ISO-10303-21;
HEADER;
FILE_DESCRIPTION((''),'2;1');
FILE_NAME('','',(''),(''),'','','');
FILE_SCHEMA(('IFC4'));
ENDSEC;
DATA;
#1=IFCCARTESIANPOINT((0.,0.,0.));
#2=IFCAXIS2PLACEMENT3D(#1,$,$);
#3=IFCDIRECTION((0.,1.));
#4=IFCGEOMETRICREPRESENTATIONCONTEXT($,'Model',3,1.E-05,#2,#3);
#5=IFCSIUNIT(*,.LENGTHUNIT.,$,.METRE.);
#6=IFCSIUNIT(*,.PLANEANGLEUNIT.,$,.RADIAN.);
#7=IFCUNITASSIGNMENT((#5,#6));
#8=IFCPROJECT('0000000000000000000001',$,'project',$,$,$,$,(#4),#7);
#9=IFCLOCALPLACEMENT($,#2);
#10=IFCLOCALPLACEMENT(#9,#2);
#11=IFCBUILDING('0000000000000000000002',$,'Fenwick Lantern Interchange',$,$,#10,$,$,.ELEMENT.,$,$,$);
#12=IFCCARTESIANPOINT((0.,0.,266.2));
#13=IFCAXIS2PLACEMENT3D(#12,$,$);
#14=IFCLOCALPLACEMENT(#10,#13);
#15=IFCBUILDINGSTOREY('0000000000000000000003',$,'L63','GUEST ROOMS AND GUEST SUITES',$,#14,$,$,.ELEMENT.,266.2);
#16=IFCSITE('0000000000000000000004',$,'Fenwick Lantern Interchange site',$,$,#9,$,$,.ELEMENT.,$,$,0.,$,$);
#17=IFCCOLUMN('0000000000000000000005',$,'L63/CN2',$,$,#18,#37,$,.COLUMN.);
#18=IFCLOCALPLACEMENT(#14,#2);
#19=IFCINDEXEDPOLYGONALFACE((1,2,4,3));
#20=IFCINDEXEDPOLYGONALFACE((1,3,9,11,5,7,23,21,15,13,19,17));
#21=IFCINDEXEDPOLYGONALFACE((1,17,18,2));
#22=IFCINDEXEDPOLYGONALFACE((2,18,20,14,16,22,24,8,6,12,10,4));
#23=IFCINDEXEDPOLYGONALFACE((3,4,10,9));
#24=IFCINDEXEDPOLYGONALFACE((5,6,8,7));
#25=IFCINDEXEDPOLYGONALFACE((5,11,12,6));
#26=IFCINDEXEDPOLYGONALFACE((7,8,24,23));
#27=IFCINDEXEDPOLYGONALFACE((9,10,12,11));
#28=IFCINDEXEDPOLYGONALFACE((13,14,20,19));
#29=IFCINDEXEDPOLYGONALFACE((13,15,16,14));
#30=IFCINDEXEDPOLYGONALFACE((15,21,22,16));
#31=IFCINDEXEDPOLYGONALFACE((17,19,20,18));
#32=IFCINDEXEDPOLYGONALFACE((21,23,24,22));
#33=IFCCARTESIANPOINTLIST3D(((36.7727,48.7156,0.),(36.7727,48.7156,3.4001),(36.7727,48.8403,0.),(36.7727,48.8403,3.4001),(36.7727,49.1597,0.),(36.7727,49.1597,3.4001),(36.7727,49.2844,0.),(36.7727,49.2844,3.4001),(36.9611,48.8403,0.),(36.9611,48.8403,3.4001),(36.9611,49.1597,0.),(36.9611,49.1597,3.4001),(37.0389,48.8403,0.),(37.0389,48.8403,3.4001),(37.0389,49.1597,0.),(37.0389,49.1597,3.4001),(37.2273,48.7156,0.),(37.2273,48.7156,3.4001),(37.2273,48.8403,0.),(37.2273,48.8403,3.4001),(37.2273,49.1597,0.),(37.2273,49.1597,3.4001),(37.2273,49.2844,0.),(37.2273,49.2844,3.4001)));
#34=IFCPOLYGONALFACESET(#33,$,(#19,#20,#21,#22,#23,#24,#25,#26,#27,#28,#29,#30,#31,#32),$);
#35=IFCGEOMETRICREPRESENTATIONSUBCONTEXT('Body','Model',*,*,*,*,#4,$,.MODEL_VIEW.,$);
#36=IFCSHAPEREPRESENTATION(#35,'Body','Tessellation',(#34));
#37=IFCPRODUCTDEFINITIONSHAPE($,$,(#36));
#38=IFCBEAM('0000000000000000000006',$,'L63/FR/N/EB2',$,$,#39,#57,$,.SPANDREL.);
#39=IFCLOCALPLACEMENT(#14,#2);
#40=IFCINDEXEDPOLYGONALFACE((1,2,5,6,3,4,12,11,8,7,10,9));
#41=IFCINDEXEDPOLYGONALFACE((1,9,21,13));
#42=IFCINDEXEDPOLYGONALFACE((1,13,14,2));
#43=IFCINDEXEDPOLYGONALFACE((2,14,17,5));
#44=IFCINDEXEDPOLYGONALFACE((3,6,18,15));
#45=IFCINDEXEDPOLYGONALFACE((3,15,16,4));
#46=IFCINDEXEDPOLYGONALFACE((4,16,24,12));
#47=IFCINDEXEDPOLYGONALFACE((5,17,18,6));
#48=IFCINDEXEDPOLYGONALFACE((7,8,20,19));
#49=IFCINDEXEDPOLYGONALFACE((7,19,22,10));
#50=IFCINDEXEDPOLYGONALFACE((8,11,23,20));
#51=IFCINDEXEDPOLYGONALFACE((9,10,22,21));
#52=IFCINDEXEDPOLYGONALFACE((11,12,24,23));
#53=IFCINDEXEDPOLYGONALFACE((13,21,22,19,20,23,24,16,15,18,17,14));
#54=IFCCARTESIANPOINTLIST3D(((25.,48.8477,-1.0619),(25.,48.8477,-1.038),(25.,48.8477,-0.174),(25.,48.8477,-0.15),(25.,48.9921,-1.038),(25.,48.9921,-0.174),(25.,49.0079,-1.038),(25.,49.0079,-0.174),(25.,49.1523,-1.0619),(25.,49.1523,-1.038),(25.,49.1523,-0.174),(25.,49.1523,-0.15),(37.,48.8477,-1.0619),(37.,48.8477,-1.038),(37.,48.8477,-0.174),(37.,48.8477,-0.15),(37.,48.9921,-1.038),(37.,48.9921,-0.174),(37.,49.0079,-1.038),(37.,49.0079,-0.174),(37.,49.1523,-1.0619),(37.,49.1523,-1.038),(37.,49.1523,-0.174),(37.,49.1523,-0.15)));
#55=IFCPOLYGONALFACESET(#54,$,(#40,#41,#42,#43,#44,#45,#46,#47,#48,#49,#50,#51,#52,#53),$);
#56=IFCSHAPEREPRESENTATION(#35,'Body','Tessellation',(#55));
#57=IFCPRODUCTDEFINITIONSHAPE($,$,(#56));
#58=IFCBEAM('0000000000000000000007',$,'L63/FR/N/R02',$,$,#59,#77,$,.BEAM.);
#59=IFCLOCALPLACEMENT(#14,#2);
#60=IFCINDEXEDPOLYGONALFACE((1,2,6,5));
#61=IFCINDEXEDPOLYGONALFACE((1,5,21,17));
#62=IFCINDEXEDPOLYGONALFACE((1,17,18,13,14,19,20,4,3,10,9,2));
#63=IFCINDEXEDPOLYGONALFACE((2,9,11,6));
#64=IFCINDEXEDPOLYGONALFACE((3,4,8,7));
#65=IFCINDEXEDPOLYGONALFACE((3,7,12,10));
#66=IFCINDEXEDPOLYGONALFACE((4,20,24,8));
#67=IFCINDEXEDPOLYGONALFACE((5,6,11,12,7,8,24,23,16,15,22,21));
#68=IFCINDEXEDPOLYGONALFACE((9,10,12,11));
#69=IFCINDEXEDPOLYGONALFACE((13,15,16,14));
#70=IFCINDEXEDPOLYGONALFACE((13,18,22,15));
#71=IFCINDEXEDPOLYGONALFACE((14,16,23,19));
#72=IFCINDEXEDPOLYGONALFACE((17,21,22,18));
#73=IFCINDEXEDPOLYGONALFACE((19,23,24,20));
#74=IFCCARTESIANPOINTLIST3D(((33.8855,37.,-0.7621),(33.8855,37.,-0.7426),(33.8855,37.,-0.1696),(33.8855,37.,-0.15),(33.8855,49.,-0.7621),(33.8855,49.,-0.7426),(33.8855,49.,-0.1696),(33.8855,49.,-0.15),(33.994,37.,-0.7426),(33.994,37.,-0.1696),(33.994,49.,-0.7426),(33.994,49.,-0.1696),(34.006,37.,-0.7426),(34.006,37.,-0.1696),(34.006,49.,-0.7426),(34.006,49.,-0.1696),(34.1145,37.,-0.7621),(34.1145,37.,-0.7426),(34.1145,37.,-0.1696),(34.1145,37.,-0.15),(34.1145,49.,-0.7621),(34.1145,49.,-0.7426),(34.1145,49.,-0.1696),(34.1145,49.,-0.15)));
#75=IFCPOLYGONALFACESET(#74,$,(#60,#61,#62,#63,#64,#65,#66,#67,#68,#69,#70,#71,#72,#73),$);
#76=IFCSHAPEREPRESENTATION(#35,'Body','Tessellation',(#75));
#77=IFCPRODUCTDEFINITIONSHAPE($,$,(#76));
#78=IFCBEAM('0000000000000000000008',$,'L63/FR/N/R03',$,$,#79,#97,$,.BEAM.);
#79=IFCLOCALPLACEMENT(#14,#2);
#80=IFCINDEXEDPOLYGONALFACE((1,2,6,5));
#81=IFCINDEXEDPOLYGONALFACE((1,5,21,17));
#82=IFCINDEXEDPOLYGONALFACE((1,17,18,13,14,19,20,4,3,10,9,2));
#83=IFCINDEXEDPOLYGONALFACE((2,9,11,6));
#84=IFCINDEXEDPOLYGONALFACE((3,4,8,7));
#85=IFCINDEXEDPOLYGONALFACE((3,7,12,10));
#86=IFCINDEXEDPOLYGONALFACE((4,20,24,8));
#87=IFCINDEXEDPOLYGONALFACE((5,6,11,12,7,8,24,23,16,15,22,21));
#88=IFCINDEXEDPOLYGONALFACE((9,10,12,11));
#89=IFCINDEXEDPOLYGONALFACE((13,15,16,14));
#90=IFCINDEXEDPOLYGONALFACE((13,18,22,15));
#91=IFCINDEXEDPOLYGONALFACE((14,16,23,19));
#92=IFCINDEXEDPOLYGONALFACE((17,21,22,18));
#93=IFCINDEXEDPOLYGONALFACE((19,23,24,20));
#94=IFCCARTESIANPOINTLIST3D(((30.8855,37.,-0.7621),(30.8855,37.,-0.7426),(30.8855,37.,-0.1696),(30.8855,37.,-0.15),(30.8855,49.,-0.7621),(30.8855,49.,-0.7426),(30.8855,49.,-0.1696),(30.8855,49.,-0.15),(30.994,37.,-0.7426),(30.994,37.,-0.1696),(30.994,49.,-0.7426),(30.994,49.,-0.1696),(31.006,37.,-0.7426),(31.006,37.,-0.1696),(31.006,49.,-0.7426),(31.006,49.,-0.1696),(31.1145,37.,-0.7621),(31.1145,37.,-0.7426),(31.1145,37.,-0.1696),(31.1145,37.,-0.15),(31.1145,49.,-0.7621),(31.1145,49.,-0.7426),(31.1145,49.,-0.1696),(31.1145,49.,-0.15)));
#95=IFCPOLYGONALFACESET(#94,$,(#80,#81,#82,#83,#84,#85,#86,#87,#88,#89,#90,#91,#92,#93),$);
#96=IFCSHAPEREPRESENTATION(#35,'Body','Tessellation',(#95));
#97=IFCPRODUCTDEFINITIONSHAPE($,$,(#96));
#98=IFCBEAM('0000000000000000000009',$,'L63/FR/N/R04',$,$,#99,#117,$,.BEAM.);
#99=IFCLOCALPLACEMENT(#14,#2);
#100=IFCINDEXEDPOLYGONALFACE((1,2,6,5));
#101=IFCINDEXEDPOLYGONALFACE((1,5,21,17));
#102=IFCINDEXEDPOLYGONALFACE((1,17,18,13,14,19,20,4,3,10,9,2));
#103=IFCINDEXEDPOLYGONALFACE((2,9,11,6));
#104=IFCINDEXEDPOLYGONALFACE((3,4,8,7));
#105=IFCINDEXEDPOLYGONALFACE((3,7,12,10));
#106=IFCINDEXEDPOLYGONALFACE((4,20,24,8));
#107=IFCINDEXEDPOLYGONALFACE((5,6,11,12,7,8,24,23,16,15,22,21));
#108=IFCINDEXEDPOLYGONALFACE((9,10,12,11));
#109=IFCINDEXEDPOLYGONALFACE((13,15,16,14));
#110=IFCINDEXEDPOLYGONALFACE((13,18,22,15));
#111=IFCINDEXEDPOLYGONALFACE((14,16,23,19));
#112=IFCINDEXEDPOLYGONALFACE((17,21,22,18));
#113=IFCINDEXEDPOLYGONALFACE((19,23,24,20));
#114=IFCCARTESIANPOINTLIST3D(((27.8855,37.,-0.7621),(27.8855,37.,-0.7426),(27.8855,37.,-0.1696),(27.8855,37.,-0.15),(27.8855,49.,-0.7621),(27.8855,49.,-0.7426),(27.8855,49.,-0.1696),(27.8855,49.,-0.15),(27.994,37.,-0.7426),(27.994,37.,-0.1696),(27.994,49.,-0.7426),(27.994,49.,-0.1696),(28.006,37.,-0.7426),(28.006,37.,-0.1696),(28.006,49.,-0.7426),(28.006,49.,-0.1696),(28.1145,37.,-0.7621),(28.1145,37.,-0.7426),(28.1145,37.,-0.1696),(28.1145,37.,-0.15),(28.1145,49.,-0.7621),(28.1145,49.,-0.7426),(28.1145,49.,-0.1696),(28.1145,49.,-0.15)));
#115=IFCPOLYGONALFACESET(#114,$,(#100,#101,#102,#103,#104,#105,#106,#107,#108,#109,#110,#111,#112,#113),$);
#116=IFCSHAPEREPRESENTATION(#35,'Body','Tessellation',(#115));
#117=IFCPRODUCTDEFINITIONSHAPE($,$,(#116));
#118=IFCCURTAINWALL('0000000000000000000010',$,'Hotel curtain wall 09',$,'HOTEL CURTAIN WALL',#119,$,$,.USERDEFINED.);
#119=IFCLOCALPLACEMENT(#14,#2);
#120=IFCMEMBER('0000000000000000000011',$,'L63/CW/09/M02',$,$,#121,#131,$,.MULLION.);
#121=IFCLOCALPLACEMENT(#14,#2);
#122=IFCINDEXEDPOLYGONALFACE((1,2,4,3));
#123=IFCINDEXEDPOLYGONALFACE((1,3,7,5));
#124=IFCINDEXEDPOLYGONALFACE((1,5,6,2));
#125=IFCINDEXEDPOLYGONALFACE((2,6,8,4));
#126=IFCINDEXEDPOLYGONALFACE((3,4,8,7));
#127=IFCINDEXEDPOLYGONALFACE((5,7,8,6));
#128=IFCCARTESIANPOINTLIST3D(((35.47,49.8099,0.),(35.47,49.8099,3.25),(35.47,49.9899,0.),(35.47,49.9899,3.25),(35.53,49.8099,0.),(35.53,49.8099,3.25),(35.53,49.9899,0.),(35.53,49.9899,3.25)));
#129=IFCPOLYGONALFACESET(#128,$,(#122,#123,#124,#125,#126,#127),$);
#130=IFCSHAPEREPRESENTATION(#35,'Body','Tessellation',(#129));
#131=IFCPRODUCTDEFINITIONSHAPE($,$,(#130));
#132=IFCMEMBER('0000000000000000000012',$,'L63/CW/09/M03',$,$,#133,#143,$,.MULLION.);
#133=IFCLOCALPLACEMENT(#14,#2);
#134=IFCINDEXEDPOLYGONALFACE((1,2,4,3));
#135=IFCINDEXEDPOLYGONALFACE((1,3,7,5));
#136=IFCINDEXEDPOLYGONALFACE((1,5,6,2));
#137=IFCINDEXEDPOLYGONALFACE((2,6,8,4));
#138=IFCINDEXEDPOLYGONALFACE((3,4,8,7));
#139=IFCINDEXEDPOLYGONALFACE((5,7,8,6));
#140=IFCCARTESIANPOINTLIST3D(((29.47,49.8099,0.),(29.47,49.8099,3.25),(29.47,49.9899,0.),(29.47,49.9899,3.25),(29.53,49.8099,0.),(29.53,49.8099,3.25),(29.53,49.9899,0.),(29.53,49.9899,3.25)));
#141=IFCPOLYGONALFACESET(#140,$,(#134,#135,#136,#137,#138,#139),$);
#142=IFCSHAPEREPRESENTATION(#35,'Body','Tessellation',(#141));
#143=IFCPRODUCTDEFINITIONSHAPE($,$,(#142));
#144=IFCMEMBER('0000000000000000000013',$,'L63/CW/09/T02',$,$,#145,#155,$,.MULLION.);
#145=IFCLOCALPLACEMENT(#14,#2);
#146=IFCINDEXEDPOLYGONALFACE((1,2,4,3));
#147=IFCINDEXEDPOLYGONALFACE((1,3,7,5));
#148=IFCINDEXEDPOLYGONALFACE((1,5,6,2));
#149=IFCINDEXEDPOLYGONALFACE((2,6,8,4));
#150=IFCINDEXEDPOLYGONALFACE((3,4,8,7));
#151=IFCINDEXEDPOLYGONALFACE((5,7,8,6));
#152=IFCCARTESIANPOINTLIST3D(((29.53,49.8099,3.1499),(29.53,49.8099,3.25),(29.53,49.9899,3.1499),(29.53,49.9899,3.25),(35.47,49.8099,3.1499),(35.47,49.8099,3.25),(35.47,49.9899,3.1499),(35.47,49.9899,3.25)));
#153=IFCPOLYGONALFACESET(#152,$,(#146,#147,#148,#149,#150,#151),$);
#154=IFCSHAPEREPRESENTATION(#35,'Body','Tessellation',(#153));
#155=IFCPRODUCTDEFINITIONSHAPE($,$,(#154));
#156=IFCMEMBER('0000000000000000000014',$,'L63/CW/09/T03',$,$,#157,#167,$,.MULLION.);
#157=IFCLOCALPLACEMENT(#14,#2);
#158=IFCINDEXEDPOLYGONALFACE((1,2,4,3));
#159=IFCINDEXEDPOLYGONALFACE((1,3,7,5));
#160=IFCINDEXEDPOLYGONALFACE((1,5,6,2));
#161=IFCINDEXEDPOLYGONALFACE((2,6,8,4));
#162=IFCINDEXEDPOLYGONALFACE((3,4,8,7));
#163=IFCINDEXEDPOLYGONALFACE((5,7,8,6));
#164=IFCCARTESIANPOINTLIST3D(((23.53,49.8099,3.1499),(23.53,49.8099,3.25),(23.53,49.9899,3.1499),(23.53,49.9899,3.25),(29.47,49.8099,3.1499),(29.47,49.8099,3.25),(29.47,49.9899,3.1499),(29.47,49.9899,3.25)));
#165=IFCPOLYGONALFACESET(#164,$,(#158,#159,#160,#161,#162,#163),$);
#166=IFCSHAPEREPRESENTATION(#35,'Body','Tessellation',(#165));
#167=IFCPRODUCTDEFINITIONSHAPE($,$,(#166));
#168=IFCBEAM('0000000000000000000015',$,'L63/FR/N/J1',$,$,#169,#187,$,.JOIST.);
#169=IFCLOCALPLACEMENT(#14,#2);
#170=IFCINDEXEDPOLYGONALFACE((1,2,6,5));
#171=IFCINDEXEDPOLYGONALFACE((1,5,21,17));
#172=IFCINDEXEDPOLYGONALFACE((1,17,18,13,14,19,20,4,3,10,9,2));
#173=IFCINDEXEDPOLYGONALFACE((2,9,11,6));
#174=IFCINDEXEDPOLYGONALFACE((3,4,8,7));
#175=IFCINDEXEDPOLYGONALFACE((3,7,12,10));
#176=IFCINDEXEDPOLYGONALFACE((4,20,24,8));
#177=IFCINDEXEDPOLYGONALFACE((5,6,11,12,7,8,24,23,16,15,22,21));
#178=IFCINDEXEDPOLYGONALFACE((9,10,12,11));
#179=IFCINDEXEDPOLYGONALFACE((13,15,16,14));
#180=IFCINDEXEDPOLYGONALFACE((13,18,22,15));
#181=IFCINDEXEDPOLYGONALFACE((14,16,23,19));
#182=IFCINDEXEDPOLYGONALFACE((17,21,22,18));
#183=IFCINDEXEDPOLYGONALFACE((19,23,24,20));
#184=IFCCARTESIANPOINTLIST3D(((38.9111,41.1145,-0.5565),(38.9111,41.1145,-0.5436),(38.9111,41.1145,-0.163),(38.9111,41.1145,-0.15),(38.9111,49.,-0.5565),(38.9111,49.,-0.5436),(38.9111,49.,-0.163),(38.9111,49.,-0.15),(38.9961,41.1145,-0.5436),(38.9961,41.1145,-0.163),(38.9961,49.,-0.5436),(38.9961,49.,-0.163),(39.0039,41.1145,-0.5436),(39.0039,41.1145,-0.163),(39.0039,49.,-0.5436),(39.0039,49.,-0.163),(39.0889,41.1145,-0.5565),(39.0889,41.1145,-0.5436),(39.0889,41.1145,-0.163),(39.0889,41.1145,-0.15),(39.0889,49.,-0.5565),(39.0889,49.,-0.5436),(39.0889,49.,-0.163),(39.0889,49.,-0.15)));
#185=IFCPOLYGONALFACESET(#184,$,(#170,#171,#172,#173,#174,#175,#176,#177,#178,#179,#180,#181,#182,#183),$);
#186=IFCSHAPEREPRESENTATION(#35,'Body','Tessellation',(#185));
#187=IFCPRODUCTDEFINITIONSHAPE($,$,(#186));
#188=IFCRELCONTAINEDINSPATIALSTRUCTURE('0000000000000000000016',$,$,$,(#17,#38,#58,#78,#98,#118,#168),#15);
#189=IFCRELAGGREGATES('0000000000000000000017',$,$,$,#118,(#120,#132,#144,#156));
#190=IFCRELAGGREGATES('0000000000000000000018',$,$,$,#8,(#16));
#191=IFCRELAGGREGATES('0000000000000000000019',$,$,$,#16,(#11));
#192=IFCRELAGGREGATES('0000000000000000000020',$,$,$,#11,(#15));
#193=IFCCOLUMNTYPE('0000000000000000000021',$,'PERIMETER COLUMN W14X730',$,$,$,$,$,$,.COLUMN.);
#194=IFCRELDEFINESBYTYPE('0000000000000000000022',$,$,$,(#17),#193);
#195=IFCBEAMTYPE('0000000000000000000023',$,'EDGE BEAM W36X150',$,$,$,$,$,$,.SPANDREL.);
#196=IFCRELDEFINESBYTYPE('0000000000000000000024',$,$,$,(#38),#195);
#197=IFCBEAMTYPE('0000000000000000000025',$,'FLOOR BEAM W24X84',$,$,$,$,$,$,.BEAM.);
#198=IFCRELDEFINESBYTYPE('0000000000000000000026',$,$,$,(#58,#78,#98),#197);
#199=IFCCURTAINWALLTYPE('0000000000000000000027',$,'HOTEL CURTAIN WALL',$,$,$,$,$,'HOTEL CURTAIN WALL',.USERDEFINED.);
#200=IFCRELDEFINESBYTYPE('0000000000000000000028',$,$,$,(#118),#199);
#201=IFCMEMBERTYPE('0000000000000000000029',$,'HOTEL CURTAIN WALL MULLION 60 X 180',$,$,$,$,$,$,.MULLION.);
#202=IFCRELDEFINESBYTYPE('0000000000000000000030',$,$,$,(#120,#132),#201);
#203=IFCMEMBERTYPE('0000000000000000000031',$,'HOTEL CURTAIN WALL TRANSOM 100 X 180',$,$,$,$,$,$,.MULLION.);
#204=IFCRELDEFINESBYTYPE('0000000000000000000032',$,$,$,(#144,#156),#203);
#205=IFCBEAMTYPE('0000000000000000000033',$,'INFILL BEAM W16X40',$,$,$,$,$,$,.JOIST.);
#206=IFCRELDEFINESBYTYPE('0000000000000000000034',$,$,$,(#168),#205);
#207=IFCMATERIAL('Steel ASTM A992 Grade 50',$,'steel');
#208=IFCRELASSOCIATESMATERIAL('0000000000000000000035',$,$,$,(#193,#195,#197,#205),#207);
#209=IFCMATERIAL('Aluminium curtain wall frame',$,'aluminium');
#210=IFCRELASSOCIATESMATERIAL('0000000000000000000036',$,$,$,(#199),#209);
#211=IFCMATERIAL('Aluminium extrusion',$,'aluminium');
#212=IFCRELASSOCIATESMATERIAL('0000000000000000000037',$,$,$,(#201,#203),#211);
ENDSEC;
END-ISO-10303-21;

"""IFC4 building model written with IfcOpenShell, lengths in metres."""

from ifc_helpers import new_model, si_unit, direction, frame, origin, origin_2d, place, context, subcontext, project, spatial, rectangle, i_section, extrude, material, material_profile, profile_set, type_object, element, aggregate, save


model = new_model("IFC4")

# Units and contexts
model_context = context("Model", 3, precision=1e-05, world=origin(), true_north=direction((0.0, 1.0)))
body_context = subcontext(model_context, "Body", "Model", "MODEL_VIEW")
ifc_project = project(units=[si_unit("LENGTHUNIT", "METRE"), si_unit("PLANEANGLEUNIT", "RADIAN")], contexts=[model_context])

# Site, building, storey
site_placement = place(None, origin())
site = spatial("IfcSite", under=ifc_project, at=site_placement, Name="Fenwick Lantern Interchange site", CompositionType="ELEMENT", RefElevation=0.0)
building_placement = place(site_placement, origin())
building = spatial("IfcBuilding", under=site, at=building_placement, Name="Fenwick Lantern Interchange", CompositionType="ELEMENT")
storey_placement = place(building_placement, frame((0.0, 0.0, 266.2)))
storey = spatial("IfcBuildingStorey", under=building, at=storey_placement, Name="L63", Description="GUEST ROOMS AND GUEST SUITES", CompositionType="ELEMENT", Elevation=266.2)

# Column
ifc_material_1 = material(Name="Steel ASTM A992 Grade 50", Category="steel")
ifc_material_profile_1 = material_profile(ifc_material_1, i_section(OverallWidth=0.4546, OverallDepth=0.5688, WebThickness=0.0779, FlangeThickness=0.1248, at=origin_2d()), Name="W14X730")
ifc_profile_set_1 = profile_set([ifc_material_profile_1], Name="Steel ASTM A992 Grade 50")
column_type = type_object("IfcColumnType", Name="PERIMETER COLUMN W14X730", PredefinedType="COLUMN", material=ifc_profile_set_1)
column_placement = place(storey_placement, frame((37.0, 49.0, 0.0), z_axis=(0.0, 0.0, 1.0), x_axis=(1.0, 0.0, 0.0)))
element("IfcColumn", 1, at=column_placement, inside=storey, type_object=column_type, Name="L63/CN2", PredefinedType="COLUMN", context=body_context, shape_type="SweptSolid", body=[
    extrude(i_section(OverallWidth=0.4546, OverallDepth=0.5688, WebThickness=0.0779, FlangeThickness=0.1248, at=origin_2d()), origin(), (0.0, 0.0, 1.0), 3.4001),
])

# Beams
ifc_material_profile_2 = material_profile(ifc_material_1, i_section(OverallWidth=0.3047, OverallDepth=0.9119, WebThickness=0.0159, FlangeThickness=0.0239, at=origin_2d()), Name="W36X150")
ifc_profile_set_2 = profile_set([ifc_material_profile_2], Name="Steel ASTM A992 Grade 50")
beam_type_1 = type_object("IfcBeamType", Name="EDGE BEAM W36X150", PredefinedType="SPANDREL", material=ifc_profile_set_2)
beam_1_placement = place(storey_placement, frame((37.0, 49.0, -0.606), z_axis=(-1.0, 0.0, 0.0), x_axis=(0.0, -1.0, 0.0)))
element("IfcBeam", 2, at=beam_1_placement, inside=storey, type_object=beam_type_1, Name="L63/FR/N/EB2", PredefinedType="SPANDREL", context=body_context, shape_type="SweptSolid", body=[
    extrude(i_section(OverallWidth=0.3047, OverallDepth=0.9119, WebThickness=0.0159, FlangeThickness=0.0239, at=origin_2d()), origin(), (0.0, 0.0, 1.0), 12.0),
])
ifc_material_profile_3 = material_profile(ifc_material_1, i_section(OverallWidth=0.229, OverallDepth=0.6121, WebThickness=0.012, FlangeThickness=0.0195, at=origin_2d()), Name="W24X84")
ifc_profile_set_3 = profile_set([ifc_material_profile_3], Name="Steel ASTM A992 Grade 50")
beam_type_2 = type_object("IfcBeamType", Name="FLOOR BEAM W24X84", PredefinedType="BEAM", material=ifc_profile_set_3)
for number, where, z_axis, x_axis, name in (
    (3, (34.0, 49.0, -0.4561), (0.0, -1.0, 0.0), (1.0, 0.0, 0.0), "L63/FR/N/R02"),
    (4, (31.0, 49.0, -0.4561), (0.0, -1.0, 0.0), (1.0, 0.0, 0.0), "L63/FR/N/R03"),
    (5, (28.0, 49.0, -0.4561), (0.0, -1.0, 0.0), (1.0, 0.0, 0.0), "L63/FR/N/R04"),
):
    element("IfcBeam", number, at=place(storey_placement, frame(where, z_axis=z_axis, x_axis=x_axis)), inside=storey, type_object=beam_type_2, Name=name, PredefinedType="BEAM", context=body_context, shape_type="SweptSolid", body=[
        extrude(i_section(OverallWidth=0.229, OverallDepth=0.6121, WebThickness=0.012, FlangeThickness=0.0195, at=origin_2d()), origin(), (0.0, 0.0, 1.0), 12.0),
    ])

# Curtain wall, members
ifc_material_2 = material(Name="Aluminium curtain wall frame", Category="aluminium")
curtain_wall_type = type_object("IfcCurtainWallType", Name="HOTEL CURTAIN WALL", ElementType="HOTEL CURTAIN WALL", PredefinedType="USERDEFINED", material=ifc_material_2)
curtain_wall_placement = place(storey_placement, origin())
curtain_wall = element("IfcCurtainWall", 6, at=curtain_wall_placement, inside=storey, type_object=curtain_wall_type, Name="Hotel curtain wall 09", ObjectType="HOTEL CURTAIN WALL", PredefinedType="USERDEFINED")
ifc_material_3 = material(Name="Aluminium extrusion", Category="aluminium")
ifc_material_profile_4 = material_profile(ifc_material_3, rectangle(XDim=0.1799, YDim=0.0601, at=origin_2d()), Name="HOTEL CURTAIN WALL MULLION 60 X 180")
ifc_profile_set_4 = profile_set([ifc_material_profile_4], Name="Aluminium extrusion")
member_type_1 = type_object("IfcMemberType", Name="HOTEL CURTAIN WALL MULLION 60 X 180", PredefinedType="MULLION", material=ifc_profile_set_4)
member_1_placement = place(storey_placement, frame((35.5, 49.8999, 0.0), z_axis=(0.0, 0.0, 1.0), x_axis=(0.0, -1.0, 0.0)))
member_1 = element("IfcMember", 7, at=member_1_placement, type_object=member_type_1, Name="L63/CW/09/M02", PredefinedType="MULLION", context=body_context, shape_type="SweptSolid", body=[
    extrude(rectangle(XDim=0.1799, YDim=0.0601, at=origin_2d()), origin(), (0.0, 0.0, 1.0), 3.25),
])
member_2_placement = place(storey_placement, frame((29.5, 49.8999, 0.0), z_axis=(0.0, 0.0, 1.0), x_axis=(0.0, -1.0, 0.0)))
member_2 = element("IfcMember", 8, at=member_2_placement, type_object=member_type_1, Name="L63/CW/09/M03", PredefinedType="MULLION", context=body_context, shape_type="SweptSolid", body=[
    extrude(rectangle(XDim=0.1799, YDim=0.0601, at=origin_2d()), origin(), (0.0, 0.0, 1.0), 3.25),
])
ifc_material_profile_5 = material_profile(ifc_material_3, rectangle(XDim=0.1799, YDim=0.1001, at=origin_2d()), Name="HOTEL CURTAIN WALL TRANSOM 100 X 180")
ifc_profile_set_5 = profile_set([ifc_material_profile_5], Name="Aluminium extrusion")
member_type_2 = type_object("IfcMemberType", Name="HOTEL CURTAIN WALL TRANSOM 100 X 180", PredefinedType="MULLION", material=ifc_profile_set_5)
member_3_placement = place(storey_placement, frame((35.47, 49.8999, 3.2), z_axis=(-1.0, 0.0, 0.0), x_axis=(0.0, -1.0, 0.0)))
member_3 = element("IfcMember", 9, at=member_3_placement, type_object=member_type_2, Name="L63/CW/09/T02", PredefinedType="MULLION", context=body_context, shape_type="SweptSolid", body=[
    extrude(rectangle(XDim=0.1799, YDim=0.1001, at=origin_2d()), origin(), (0.0, 0.0, 1.0), 5.9399),
])
member_4_placement = place(storey_placement, frame((29.47, 49.8999, 3.2), z_axis=(-1.0, 0.0, 0.0), x_axis=(0.0, -1.0, 0.0)))
member_4 = element("IfcMember", 10, at=member_4_placement, type_object=member_type_2, Name="L63/CW/09/T03", PredefinedType="MULLION", context=body_context, shape_type="SweptSolid", body=[
    extrude(rectangle(XDim=0.1799, YDim=0.1001, at=origin_2d()), origin(), (0.0, 0.0, 1.0), 5.9399),
])

# Beam
ifc_material_profile_6 = material_profile(ifc_material_1, i_section(OverallWidth=0.1777, OverallDepth=0.4065, WebThickness=0.0078, FlangeThickness=0.0129, at=origin_2d()), Name="W16X40")
ifc_profile_set_6 = profile_set([ifc_material_profile_6], Name="Steel ASTM A992 Grade 50")
beam_type_3 = type_object("IfcBeamType", Name="INFILL BEAM W16X40", PredefinedType="JOIST", material=ifc_profile_set_6)
beam_2_placement = place(storey_placement, frame((39.0, 49.0, -0.3533), z_axis=(0.0, -1.0, 0.0), x_axis=(1.0, 0.0, 0.0)))
element("IfcBeam", 11, at=beam_2_placement, inside=storey, type_object=beam_type_3, Name="L63/FR/N/J1", PredefinedType="JOIST", context=body_context, shape_type="SweptSolid", body=[
    extrude(i_section(OverallWidth=0.1777, OverallDepth=0.4065, WebThickness=0.0078, FlangeThickness=0.0129, at=origin_2d()), origin(), (0.0, 0.0, 1.0), 7.8855),
])

aggregate(curtain_wall, [member_1, member_2, member_3, member_4])

save(model, "model.ifc")
